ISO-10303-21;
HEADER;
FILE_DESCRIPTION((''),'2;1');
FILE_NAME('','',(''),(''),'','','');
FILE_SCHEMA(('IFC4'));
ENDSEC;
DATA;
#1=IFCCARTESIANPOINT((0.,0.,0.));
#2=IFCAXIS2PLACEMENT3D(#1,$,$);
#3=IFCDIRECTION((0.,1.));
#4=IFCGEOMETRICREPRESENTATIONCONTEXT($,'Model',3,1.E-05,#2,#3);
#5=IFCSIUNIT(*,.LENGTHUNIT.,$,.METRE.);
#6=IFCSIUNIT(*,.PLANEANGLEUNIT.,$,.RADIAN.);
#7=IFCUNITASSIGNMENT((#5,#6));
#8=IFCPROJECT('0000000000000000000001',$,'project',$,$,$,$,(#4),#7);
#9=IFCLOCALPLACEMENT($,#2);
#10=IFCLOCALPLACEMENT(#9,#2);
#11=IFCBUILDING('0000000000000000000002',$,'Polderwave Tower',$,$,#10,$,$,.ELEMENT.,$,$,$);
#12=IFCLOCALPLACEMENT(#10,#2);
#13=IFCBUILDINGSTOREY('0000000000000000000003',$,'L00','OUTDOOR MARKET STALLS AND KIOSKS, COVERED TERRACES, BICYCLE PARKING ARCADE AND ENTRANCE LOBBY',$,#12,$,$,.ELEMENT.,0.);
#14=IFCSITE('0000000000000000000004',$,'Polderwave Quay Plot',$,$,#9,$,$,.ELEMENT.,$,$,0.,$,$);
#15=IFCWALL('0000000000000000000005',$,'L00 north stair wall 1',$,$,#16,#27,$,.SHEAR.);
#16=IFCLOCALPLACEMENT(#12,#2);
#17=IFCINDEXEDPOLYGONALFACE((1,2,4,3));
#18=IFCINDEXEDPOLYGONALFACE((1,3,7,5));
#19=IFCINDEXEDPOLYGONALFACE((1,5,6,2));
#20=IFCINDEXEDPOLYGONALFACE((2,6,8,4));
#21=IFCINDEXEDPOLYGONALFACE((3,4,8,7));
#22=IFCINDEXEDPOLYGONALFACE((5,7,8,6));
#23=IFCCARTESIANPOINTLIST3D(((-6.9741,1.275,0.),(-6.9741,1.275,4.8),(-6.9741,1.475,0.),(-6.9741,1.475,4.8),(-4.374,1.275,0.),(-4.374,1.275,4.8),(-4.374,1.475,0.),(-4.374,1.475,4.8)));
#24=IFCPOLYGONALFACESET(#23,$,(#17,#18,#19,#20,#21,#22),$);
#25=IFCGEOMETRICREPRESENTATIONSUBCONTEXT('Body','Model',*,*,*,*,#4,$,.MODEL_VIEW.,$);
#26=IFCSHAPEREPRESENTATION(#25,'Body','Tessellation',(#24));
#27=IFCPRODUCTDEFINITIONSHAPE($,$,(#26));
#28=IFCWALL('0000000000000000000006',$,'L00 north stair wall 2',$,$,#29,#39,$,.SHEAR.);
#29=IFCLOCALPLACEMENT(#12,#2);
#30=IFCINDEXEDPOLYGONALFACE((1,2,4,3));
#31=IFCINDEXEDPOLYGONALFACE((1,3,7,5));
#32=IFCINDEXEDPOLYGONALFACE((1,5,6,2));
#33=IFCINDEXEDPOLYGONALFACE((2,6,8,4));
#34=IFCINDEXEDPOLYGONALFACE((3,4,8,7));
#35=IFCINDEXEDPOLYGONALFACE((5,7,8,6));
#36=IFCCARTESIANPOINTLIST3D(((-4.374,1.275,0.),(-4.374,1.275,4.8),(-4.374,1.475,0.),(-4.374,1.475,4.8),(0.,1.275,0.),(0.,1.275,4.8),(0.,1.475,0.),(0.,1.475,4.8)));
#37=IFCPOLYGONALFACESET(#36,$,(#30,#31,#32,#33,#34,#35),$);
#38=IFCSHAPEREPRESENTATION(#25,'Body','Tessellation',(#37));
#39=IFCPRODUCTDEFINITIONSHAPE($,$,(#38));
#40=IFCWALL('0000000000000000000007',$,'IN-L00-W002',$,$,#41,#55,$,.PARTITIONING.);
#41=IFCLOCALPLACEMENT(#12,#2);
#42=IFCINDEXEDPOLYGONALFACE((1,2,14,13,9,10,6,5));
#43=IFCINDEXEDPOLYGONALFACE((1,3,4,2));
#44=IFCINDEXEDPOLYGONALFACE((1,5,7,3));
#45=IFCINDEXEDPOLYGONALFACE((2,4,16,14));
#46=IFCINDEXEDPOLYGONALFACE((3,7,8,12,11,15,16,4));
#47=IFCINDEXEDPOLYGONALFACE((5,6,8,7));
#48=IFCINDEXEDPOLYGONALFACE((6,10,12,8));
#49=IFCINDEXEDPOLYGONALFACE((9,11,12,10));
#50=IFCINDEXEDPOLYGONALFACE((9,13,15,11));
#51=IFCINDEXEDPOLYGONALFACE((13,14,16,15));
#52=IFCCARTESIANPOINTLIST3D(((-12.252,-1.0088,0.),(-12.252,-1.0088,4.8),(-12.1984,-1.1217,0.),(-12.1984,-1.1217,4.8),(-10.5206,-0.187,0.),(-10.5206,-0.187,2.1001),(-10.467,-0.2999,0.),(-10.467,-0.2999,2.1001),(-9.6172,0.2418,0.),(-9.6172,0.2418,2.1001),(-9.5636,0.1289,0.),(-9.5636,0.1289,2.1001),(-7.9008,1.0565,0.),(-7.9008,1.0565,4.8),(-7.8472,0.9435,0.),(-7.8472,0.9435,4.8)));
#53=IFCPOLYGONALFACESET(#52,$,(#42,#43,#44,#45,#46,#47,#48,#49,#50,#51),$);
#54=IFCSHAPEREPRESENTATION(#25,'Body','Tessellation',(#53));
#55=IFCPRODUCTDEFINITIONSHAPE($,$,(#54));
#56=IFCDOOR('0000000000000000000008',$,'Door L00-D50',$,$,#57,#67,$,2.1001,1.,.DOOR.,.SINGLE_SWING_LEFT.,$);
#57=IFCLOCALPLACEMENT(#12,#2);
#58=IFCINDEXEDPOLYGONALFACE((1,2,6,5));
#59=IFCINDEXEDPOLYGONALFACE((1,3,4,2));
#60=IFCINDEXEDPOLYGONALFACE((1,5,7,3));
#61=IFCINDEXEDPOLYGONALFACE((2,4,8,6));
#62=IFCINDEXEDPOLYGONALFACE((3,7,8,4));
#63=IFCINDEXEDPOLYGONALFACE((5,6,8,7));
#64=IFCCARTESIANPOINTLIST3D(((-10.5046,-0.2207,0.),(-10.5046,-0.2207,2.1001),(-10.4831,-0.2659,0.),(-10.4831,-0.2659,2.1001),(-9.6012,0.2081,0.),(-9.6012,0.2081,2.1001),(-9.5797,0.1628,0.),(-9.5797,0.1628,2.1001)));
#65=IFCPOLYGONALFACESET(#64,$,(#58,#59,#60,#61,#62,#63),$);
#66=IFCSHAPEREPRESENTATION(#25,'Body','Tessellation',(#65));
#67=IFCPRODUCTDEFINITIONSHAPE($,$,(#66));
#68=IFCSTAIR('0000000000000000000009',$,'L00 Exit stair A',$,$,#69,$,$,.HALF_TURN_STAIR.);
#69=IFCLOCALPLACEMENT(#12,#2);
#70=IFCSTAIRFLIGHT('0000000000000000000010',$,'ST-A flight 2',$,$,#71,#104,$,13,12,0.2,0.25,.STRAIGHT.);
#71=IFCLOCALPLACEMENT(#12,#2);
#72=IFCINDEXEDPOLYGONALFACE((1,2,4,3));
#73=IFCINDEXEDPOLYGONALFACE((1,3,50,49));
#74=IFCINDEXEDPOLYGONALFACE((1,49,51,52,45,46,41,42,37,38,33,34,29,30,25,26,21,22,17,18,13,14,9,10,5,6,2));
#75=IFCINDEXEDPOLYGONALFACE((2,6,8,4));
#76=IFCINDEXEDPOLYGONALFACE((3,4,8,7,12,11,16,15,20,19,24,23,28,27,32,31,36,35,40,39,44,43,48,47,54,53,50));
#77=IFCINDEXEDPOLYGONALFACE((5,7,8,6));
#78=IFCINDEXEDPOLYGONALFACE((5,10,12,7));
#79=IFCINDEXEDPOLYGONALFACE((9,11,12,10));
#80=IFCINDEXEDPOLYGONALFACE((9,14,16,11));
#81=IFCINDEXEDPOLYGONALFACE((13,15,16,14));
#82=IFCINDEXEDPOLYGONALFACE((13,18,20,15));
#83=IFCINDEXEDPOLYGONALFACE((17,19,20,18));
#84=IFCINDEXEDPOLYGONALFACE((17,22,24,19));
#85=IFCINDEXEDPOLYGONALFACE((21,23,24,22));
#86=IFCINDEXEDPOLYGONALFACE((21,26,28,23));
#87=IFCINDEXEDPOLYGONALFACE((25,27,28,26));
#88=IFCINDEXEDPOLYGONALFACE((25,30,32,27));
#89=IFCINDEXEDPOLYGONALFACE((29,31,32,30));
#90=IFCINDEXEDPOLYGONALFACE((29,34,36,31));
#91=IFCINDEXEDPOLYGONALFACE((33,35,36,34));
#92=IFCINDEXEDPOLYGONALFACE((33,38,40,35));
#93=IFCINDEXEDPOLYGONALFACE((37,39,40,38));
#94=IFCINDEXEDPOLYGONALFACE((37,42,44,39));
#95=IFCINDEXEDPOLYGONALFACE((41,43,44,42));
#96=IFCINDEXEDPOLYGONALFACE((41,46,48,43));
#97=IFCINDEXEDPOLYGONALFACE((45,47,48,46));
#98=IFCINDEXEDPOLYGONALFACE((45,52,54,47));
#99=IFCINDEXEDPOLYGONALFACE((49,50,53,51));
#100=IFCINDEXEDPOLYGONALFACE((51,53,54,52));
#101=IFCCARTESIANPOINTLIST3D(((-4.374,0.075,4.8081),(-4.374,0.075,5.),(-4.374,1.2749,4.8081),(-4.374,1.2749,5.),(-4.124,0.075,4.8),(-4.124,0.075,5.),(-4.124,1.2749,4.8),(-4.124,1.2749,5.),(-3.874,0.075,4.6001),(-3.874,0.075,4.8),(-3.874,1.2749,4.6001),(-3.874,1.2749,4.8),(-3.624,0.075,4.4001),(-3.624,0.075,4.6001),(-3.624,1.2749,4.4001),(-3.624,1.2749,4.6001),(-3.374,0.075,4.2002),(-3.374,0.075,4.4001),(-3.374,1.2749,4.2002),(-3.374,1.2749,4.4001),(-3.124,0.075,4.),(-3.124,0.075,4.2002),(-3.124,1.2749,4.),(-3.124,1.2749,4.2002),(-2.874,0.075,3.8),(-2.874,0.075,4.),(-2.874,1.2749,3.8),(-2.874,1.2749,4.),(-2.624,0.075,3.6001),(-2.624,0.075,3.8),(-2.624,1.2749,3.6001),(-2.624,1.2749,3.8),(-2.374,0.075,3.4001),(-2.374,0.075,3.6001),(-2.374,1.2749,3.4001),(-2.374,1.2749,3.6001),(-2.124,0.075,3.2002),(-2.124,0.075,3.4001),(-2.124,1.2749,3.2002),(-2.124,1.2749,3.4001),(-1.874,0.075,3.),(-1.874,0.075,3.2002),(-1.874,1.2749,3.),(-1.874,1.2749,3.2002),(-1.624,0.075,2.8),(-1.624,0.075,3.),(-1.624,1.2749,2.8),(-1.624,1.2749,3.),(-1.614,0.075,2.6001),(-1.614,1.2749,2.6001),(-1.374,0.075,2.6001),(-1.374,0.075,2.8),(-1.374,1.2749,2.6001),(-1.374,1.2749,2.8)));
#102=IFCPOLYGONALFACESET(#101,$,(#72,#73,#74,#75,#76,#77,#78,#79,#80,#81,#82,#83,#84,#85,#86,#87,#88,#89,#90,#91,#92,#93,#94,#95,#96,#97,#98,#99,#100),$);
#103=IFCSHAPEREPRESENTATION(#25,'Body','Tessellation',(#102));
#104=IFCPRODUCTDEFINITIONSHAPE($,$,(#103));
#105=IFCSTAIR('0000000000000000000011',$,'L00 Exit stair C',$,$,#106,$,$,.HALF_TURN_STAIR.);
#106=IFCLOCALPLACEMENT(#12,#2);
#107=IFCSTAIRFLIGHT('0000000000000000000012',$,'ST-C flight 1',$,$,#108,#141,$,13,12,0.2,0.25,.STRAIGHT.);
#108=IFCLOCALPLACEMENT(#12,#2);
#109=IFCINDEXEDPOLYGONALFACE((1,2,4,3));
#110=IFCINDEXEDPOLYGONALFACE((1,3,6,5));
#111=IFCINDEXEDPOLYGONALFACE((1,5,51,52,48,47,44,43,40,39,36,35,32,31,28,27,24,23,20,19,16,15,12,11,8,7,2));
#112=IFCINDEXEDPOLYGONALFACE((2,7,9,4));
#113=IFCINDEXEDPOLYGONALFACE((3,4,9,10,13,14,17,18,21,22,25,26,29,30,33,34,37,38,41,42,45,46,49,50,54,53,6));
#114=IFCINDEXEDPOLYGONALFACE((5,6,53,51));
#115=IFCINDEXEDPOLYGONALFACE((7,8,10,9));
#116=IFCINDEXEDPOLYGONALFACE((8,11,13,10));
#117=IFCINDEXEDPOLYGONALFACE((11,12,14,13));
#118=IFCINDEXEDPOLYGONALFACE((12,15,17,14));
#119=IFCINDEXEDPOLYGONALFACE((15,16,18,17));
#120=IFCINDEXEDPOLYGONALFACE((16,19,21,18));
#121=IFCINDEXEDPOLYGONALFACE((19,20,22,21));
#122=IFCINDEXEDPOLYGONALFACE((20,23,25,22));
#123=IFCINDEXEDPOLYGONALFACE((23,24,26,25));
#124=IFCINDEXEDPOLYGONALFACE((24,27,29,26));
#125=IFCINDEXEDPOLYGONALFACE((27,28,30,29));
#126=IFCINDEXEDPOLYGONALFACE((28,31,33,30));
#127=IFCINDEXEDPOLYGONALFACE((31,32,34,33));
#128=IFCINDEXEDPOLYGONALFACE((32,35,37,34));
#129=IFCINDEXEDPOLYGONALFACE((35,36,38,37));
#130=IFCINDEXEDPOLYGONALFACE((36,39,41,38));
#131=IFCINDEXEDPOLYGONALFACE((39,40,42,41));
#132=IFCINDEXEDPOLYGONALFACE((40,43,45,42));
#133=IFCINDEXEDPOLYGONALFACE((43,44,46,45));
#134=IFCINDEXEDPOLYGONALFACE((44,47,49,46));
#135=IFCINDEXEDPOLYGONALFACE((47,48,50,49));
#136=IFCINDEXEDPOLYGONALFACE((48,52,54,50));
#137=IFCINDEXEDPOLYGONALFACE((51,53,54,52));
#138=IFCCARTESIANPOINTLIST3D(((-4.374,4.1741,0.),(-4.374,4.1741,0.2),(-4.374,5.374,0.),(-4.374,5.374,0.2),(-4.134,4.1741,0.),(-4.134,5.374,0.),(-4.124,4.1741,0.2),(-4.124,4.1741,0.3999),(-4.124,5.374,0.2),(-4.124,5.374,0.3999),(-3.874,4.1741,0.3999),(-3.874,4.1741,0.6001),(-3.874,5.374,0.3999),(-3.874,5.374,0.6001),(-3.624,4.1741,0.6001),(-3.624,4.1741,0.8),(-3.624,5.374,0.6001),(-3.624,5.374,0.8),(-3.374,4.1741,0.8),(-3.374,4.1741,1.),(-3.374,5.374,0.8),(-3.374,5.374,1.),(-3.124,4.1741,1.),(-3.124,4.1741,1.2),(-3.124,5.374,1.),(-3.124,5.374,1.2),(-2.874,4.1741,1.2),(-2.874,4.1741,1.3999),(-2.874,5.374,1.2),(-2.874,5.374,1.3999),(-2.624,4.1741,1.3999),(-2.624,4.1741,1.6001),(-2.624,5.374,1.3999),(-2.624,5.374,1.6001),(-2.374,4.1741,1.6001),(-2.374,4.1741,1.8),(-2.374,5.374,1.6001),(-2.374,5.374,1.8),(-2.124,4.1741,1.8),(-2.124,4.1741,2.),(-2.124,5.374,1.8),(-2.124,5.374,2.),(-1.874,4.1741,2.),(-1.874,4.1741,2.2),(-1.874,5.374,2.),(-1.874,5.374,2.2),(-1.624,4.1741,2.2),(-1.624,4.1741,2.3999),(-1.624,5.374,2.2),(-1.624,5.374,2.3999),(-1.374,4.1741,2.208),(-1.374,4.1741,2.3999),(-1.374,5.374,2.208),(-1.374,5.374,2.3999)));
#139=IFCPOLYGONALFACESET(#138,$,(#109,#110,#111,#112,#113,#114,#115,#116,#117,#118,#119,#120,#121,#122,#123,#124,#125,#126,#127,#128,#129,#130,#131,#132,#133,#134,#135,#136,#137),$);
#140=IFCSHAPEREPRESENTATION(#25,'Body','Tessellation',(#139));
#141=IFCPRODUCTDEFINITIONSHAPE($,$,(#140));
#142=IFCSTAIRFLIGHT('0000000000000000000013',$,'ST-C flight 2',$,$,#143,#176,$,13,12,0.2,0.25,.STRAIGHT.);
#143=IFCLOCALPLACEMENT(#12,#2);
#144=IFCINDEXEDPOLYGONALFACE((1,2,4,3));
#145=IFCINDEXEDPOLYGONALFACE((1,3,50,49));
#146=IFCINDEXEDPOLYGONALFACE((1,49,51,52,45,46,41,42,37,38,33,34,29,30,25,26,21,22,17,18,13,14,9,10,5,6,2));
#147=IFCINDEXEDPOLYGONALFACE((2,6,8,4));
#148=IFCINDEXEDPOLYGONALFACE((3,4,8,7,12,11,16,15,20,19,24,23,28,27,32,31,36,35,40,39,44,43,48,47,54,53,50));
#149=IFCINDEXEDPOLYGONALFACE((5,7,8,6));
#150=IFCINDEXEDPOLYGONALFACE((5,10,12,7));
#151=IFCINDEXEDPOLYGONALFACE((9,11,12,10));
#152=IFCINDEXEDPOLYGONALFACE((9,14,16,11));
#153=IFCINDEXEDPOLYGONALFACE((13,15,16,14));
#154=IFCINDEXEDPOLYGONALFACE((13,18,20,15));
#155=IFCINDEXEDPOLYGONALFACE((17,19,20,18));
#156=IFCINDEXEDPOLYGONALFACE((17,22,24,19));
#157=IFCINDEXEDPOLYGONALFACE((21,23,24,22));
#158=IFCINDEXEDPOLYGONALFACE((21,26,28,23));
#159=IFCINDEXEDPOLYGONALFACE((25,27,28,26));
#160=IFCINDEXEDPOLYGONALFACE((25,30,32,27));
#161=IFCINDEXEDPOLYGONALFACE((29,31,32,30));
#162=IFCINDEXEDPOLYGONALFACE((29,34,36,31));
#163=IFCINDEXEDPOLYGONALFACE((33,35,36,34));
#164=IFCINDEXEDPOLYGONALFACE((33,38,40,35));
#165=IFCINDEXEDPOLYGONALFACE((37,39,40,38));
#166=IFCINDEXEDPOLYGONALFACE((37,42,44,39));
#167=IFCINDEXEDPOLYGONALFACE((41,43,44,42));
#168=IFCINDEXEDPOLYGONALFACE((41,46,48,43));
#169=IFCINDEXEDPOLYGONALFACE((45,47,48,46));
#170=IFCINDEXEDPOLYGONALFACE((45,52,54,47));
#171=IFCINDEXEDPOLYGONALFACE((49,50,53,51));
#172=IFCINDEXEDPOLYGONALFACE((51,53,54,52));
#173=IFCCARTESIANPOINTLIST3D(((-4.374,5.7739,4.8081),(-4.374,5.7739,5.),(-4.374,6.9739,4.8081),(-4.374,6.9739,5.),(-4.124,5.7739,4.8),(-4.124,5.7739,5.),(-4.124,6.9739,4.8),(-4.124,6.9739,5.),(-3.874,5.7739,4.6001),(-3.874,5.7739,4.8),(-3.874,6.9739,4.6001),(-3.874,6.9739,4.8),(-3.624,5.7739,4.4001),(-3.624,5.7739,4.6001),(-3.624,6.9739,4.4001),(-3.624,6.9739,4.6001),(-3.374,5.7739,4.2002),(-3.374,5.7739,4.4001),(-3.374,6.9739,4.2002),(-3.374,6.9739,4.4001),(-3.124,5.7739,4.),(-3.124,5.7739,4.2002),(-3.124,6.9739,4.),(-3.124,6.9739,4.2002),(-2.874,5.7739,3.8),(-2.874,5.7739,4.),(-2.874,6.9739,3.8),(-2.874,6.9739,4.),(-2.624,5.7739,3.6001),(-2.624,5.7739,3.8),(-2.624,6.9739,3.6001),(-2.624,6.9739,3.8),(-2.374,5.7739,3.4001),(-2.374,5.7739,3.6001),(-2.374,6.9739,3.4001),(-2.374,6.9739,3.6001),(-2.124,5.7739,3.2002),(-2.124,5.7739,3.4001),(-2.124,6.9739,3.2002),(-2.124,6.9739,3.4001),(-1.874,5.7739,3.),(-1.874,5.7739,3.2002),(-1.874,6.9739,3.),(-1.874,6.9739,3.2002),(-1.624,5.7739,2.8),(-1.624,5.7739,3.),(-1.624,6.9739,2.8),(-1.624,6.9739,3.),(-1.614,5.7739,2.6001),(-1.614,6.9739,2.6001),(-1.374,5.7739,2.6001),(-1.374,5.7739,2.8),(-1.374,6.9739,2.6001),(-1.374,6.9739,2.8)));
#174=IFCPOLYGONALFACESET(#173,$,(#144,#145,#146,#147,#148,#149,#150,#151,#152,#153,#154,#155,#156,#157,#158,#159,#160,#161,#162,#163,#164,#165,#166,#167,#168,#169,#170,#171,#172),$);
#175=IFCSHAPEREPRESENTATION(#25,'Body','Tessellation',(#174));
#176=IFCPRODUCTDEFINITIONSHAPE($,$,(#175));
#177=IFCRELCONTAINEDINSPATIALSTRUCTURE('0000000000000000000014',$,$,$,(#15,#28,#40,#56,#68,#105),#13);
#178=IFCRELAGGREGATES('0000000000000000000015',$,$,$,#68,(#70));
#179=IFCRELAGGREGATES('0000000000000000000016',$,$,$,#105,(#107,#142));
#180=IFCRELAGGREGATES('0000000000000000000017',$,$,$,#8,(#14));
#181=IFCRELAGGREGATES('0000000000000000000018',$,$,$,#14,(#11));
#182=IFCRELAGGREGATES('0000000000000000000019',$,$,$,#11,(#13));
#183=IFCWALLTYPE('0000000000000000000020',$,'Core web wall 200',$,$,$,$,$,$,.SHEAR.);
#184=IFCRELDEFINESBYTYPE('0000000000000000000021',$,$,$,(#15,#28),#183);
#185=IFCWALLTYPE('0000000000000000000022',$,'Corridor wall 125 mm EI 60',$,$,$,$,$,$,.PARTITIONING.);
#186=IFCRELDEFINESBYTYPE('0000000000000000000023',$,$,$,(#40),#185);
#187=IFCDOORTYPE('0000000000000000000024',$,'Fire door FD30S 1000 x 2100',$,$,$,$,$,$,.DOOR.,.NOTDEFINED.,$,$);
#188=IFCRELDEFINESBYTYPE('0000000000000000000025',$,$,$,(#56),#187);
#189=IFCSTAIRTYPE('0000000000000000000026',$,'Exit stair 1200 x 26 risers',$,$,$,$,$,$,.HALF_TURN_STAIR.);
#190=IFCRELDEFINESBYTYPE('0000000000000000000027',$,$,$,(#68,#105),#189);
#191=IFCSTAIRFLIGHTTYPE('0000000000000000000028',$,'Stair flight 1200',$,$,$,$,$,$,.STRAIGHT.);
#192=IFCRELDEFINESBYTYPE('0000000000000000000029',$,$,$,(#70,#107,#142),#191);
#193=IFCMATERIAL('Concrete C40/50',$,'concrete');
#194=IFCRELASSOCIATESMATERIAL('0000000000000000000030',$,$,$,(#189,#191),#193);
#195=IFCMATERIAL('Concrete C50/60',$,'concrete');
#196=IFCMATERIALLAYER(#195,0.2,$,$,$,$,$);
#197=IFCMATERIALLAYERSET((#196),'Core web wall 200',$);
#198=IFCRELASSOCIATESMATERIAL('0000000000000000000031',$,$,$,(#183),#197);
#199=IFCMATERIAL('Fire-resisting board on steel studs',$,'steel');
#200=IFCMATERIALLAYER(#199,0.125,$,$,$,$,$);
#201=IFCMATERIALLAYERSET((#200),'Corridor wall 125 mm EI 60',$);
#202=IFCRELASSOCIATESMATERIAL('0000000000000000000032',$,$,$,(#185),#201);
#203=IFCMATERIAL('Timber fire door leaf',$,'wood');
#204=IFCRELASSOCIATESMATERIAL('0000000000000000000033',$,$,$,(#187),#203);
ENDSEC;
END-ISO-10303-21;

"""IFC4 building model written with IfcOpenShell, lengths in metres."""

from ifc_helpers import new_model, si_unit, direction, frame, frame_2d, origin, place, context, subcontext, project, spatial, polyline, rectangle, outline, extrude, material, layer, layer_set, type_object, element, fill, aggregate, save


model = new_model("IFC4")

# Units and contexts
model_context = context("Model", 3, precision=1e-05, world=origin(), true_north=direction((0.0, 1.0)))
body_context = subcontext(model_context, "Body", "Model", "MODEL_VIEW")
ifc_project = project(units=[si_unit("LENGTHUNIT", "METRE"), si_unit("PLANEANGLEUNIT", "RADIAN")], contexts=[model_context])

# Site, building, storey
site_placement = place(None, origin())
site = spatial("IfcSite", under=ifc_project, at=site_placement, Name="Polderwave Quay Plot", CompositionType="ELEMENT", RefElevation=0.0)
building_placement = place(site_placement, origin())
building = spatial("IfcBuilding", under=site, at=building_placement, Name="Polderwave Tower", CompositionType="ELEMENT")
storey_placement = place(building_placement, origin())
storey = spatial("IfcBuildingStorey", under=building, at=storey_placement, Name="L00", Description="OUTDOOR MARKET STALLS AND KIOSKS, COVERED TERRACES, BICYCLE PARKING ARCADE AND ENTRANCE LOBBY", CompositionType="ELEMENT", Elevation=0.0)

# Shared definitions
ifc_material_1 = material(Name="Concrete C40/50", Category="concrete")
stair_type = type_object("IfcStairType", Name="Exit stair 1200 x 26 risers", PredefinedType="HALF_TURN_STAIR", material=ifc_material_1)

# Walls
ifc_material_2 = material(Name="Concrete C50/60", Category="concrete")
ifc_layer_1 = layer(ifc_material_2, 0.2)
ifc_layer_set_1 = layer_set([ifc_layer_1], Name="Core web wall 200")
wall_type_1 = type_object("IfcWallType", Name="Core web wall 200", PredefinedType="SHEAR", material=ifc_layer_set_1)
wall_1_placement = place(storey_placement, frame((-6.9741, 1.375, 0.0), z_axis=(0.0, 0.0, 1.0), x_axis=(1.0, 0.0, 0.0)))
element("IfcWall", 1, at=wall_1_placement, inside=storey, type_object=wall_type_1, Name="L00 north stair wall 1", PredefinedType="SHEAR", context=body_context, shape_type="SweptSolid", body=[
    extrude(rectangle(XDim=2.6001, YDim=0.2, at=frame_2d((1.3, 0.0))), origin(), (0.0, 0.0, 1.0), 4.8),
])
wall_2_placement = place(storey_placement, frame((-4.374, 1.375, 0.0), z_axis=(0.0, 0.0, 1.0), x_axis=(1.0, 0.0, 0.0)))
element("IfcWall", 2, at=wall_2_placement, inside=storey, type_object=wall_type_1, Name="L00 north stair wall 2", PredefinedType="SHEAR", context=body_context, shape_type="SweptSolid", body=[
    extrude(rectangle(XDim=4.374, YDim=0.2, at=frame_2d((2.187, 0.0))), origin(), (0.0, 0.0, 1.0), 4.8),
])

# Wall, opening, door
ifc_material_3 = material(Name="Fire-resisting board on steel studs", Category="steel")
ifc_layer_2 = layer(ifc_material_3, 0.125)
ifc_layer_set_2 = layer_set([ifc_layer_2], Name="Corridor wall 125 mm EI 60")
wall_type_2 = type_object("IfcWallType", Name="Corridor wall 125 mm EI 60", PredefinedType="PARTITIONING", material=ifc_layer_set_2)
wall_3_placement = place(storey_placement, frame((-7.874, 1.0, 0.0), z_axis=(0.0, 0.0, 1.0), x_axis=(-0.903404, -0.42879, 0.0)))
wall_3 = element("IfcWall", 3, at=wall_3_placement, inside=storey, type_object=wall_type_2, Name="IN-L00-W002", PredefinedType="PARTITIONING", context=body_context, shape_type="SweptSolid", body=[
    extrude(rectangle(XDim=4.8164, YDim=0.125, at=frame_2d((2.4082, 0.0))), origin(), (0.0, 0.0, 1.0), 4.8),
])
opening_1_placement = place(wall_3_placement, frame((1.8999, 0.0, 0.0)))
opening_1 = element("IfcOpeningElement", 4, at=opening_1_placement, cuts=wall_3, PredefinedType="OPENING", context=body_context, shape_type="SweptSolid", body=[
    extrude(rectangle(XDim=1.0, YDim=2.1001, at=frame_2d((0.5, 1.05))), frame((0.0, 0.0725, 0.0), z_axis=(0.0, -1.0, 0.0), x_axis=(1.0, 0.0, 0.0)), (0.0, 0.0, 1.0), 0.145),
])
ifc_material_4 = material(Name="Timber fire door leaf", Category="wood")
door_type_1 = type_object("IfcDoorType", Name="Fire door FD30S 1000 x 2100", OperationType="NOTDEFINED", PredefinedType="DOOR", material=ifc_material_4)
door_1_placement = place(opening_1_placement, origin())
door_1 = element("IfcDoor", 5, at=door_1_placement, inside=storey, type_object=door_type_1, Name="Door L00-D50", OperationType="SINGLE_SWING_LEFT", OverallHeight=2.1001, OverallWidth=1.0, PredefinedType="DOOR", context=body_context, shape_type="SweptSolid", body=[
    extrude(rectangle(XDim=1.0, YDim=2.1001, at=frame_2d((0.5, 1.05))), frame((0.0, 0.0249, 0.0), z_axis=(0.0, -1.0, 0.0), x_axis=(1.0, 0.0, 0.0)), (0.0, 0.0, 1.0), 0.05),
])
fill(opening_1, door_1)

# Stair, stair flight
stair_1_placement = place(storey_placement, origin())
stair_1 = element("IfcStair", 6, at=stair_1_placement, inside=storey, type_object=stair_type, Name="L00 Exit stair A", PredefinedType="HALF_TURN_STAIR")
stair_flight_type = type_object("IfcStairFlightType", Name="Stair flight 1200", PredefinedType="STRAIGHT", material=ifc_material_1)
stair_flight_1_placement = place(storey_placement, frame((-1.374, 0.675, 2.6001), z_axis=(0.0, 0.0, 1.0), x_axis=(-1.0, 0.0, 0.0)))
stair_flight_1 = element("IfcStairFlight", 7, at=stair_flight_1_placement, type_object=stair_flight_type, Name="ST-A flight 2", NumberOfRisers=13, NumberOfTreads=12, PredefinedType="STRAIGHT", RiserHeight=0.2, TreadLength=0.25, context=body_context, shape_type="SweptSolid", body=[
    extrude(outline(polyline([(0.0, 0.0), (0.0, 0.2), (0.25, 0.2), (0.25, 0.3999), (0.5, 0.3999), (0.5, 0.6001), (0.75, 0.6001), (0.75, 0.8), (1.0, 0.8), (1.0, 1.0), (1.25, 1.0), (1.25, 1.2), (1.5, 1.2), (1.5, 1.3999), (1.75, 1.3999), (1.75, 1.6001), (2.0, 1.6001), (2.0, 1.8), (2.25, 1.8), (2.25, 2.0), (2.5, 2.0), (2.5, 2.2), (2.75, 2.2), (2.75, 2.3999), (3.0, 2.3999), (3.0, 2.6001), (3.0, 2.208), (0.24, 0.0), (0.0, 0.0)])), frame((0.0, 0.6001, 0.0), z_axis=(0.0, -1.0, 0.0), x_axis=(1.0, 0.0, 0.0)), (0.0, 0.0, 1.0), 1.2),
])
aggregate(stair_1, [stair_flight_1])

# Stair, stair flights
stair_2_placement = place(storey_placement, origin())
stair_2 = element("IfcStair", 8, at=stair_2_placement, inside=storey, type_object=stair_type, Name="L00 Exit stair C", PredefinedType="HALF_TURN_STAIR")
stair_flight_2_placement = place(storey_placement, frame((-4.374, 4.7739, 0.0), z_axis=(0.0, 0.0, 1.0), x_axis=(1.0, 0.0, 0.0)))
stair_flight_2 = element("IfcStairFlight", 9, at=stair_flight_2_placement, type_object=stair_flight_type, Name="ST-C flight 1", NumberOfRisers=13, NumberOfTreads=12, PredefinedType="STRAIGHT", RiserHeight=0.2, TreadLength=0.25, context=body_context, shape_type="SweptSolid", body=[
    extrude(outline(polyline([(0.0, 0.0), (0.0, 0.2), (0.25, 0.2), (0.25, 0.3999), (0.5, 0.3999), (0.5, 0.6001), (0.75, 0.6001), (0.75, 0.8), (1.0, 0.8), (1.0, 1.0), (1.25, 1.0), (1.25, 1.2), (1.5, 1.2), (1.5, 1.3999), (1.75, 1.3999), (1.75, 1.6001), (2.0, 1.6001), (2.0, 1.8), (2.25, 1.8), (2.25, 2.0), (2.5, 2.0), (2.5, 2.2), (2.75, 2.2), (2.75, 2.3999), (3.0, 2.3999), (3.0, 2.6001), (3.0, 2.208), (0.24, 0.0), (0.0, 0.0)])), frame((0.0, 0.6001, 0.0), z_axis=(0.0, -1.0, 0.0), x_axis=(1.0, 0.0, 0.0)), (0.0, 0.0, 1.0), 1.2),
])
stair_flight_3_placement = place(storey_placement, frame((-1.374, 6.374, 2.6001), z_axis=(0.0, 0.0, 1.0), x_axis=(-1.0, 0.0, 0.0)))
stair_flight_3 = element("IfcStairFlight", 10, at=stair_flight_3_placement, type_object=stair_flight_type, Name="ST-C flight 2", NumberOfRisers=13, NumberOfTreads=12, PredefinedType="STRAIGHT", RiserHeight=0.2, TreadLength=0.25, context=body_context, shape_type="SweptSolid", body=[
    extrude(outline(polyline([(0.0, 0.0), (0.0, 0.2), (0.25, 0.2), (0.25, 0.3999), (0.5, 0.3999), (0.5, 0.6001), (0.75, 0.6001), (0.75, 0.8), (1.0, 0.8), (1.0, 1.0), (1.25, 1.0), (1.25, 1.2), (1.5, 1.2), (1.5, 1.3999), (1.75, 1.3999), (1.75, 1.6001), (2.0, 1.6001), (2.0, 1.8), (2.25, 1.8), (2.25, 2.0), (2.5, 2.0), (2.5, 2.2), (2.75, 2.2), (2.75, 2.3999), (3.0, 2.3999), (3.0, 2.6001), (3.0, 2.208), (0.24, 0.0), (0.0, 0.0)])), frame((0.0, 0.6001, 0.0), z_axis=(0.0, -1.0, 0.0), x_axis=(1.0, 0.0, 0.0)), (0.0, 0.0, 1.0), 1.2),
])
aggregate(stair_2, [stair_flight_2, stair_flight_3])

save(model, "model.ifc")
